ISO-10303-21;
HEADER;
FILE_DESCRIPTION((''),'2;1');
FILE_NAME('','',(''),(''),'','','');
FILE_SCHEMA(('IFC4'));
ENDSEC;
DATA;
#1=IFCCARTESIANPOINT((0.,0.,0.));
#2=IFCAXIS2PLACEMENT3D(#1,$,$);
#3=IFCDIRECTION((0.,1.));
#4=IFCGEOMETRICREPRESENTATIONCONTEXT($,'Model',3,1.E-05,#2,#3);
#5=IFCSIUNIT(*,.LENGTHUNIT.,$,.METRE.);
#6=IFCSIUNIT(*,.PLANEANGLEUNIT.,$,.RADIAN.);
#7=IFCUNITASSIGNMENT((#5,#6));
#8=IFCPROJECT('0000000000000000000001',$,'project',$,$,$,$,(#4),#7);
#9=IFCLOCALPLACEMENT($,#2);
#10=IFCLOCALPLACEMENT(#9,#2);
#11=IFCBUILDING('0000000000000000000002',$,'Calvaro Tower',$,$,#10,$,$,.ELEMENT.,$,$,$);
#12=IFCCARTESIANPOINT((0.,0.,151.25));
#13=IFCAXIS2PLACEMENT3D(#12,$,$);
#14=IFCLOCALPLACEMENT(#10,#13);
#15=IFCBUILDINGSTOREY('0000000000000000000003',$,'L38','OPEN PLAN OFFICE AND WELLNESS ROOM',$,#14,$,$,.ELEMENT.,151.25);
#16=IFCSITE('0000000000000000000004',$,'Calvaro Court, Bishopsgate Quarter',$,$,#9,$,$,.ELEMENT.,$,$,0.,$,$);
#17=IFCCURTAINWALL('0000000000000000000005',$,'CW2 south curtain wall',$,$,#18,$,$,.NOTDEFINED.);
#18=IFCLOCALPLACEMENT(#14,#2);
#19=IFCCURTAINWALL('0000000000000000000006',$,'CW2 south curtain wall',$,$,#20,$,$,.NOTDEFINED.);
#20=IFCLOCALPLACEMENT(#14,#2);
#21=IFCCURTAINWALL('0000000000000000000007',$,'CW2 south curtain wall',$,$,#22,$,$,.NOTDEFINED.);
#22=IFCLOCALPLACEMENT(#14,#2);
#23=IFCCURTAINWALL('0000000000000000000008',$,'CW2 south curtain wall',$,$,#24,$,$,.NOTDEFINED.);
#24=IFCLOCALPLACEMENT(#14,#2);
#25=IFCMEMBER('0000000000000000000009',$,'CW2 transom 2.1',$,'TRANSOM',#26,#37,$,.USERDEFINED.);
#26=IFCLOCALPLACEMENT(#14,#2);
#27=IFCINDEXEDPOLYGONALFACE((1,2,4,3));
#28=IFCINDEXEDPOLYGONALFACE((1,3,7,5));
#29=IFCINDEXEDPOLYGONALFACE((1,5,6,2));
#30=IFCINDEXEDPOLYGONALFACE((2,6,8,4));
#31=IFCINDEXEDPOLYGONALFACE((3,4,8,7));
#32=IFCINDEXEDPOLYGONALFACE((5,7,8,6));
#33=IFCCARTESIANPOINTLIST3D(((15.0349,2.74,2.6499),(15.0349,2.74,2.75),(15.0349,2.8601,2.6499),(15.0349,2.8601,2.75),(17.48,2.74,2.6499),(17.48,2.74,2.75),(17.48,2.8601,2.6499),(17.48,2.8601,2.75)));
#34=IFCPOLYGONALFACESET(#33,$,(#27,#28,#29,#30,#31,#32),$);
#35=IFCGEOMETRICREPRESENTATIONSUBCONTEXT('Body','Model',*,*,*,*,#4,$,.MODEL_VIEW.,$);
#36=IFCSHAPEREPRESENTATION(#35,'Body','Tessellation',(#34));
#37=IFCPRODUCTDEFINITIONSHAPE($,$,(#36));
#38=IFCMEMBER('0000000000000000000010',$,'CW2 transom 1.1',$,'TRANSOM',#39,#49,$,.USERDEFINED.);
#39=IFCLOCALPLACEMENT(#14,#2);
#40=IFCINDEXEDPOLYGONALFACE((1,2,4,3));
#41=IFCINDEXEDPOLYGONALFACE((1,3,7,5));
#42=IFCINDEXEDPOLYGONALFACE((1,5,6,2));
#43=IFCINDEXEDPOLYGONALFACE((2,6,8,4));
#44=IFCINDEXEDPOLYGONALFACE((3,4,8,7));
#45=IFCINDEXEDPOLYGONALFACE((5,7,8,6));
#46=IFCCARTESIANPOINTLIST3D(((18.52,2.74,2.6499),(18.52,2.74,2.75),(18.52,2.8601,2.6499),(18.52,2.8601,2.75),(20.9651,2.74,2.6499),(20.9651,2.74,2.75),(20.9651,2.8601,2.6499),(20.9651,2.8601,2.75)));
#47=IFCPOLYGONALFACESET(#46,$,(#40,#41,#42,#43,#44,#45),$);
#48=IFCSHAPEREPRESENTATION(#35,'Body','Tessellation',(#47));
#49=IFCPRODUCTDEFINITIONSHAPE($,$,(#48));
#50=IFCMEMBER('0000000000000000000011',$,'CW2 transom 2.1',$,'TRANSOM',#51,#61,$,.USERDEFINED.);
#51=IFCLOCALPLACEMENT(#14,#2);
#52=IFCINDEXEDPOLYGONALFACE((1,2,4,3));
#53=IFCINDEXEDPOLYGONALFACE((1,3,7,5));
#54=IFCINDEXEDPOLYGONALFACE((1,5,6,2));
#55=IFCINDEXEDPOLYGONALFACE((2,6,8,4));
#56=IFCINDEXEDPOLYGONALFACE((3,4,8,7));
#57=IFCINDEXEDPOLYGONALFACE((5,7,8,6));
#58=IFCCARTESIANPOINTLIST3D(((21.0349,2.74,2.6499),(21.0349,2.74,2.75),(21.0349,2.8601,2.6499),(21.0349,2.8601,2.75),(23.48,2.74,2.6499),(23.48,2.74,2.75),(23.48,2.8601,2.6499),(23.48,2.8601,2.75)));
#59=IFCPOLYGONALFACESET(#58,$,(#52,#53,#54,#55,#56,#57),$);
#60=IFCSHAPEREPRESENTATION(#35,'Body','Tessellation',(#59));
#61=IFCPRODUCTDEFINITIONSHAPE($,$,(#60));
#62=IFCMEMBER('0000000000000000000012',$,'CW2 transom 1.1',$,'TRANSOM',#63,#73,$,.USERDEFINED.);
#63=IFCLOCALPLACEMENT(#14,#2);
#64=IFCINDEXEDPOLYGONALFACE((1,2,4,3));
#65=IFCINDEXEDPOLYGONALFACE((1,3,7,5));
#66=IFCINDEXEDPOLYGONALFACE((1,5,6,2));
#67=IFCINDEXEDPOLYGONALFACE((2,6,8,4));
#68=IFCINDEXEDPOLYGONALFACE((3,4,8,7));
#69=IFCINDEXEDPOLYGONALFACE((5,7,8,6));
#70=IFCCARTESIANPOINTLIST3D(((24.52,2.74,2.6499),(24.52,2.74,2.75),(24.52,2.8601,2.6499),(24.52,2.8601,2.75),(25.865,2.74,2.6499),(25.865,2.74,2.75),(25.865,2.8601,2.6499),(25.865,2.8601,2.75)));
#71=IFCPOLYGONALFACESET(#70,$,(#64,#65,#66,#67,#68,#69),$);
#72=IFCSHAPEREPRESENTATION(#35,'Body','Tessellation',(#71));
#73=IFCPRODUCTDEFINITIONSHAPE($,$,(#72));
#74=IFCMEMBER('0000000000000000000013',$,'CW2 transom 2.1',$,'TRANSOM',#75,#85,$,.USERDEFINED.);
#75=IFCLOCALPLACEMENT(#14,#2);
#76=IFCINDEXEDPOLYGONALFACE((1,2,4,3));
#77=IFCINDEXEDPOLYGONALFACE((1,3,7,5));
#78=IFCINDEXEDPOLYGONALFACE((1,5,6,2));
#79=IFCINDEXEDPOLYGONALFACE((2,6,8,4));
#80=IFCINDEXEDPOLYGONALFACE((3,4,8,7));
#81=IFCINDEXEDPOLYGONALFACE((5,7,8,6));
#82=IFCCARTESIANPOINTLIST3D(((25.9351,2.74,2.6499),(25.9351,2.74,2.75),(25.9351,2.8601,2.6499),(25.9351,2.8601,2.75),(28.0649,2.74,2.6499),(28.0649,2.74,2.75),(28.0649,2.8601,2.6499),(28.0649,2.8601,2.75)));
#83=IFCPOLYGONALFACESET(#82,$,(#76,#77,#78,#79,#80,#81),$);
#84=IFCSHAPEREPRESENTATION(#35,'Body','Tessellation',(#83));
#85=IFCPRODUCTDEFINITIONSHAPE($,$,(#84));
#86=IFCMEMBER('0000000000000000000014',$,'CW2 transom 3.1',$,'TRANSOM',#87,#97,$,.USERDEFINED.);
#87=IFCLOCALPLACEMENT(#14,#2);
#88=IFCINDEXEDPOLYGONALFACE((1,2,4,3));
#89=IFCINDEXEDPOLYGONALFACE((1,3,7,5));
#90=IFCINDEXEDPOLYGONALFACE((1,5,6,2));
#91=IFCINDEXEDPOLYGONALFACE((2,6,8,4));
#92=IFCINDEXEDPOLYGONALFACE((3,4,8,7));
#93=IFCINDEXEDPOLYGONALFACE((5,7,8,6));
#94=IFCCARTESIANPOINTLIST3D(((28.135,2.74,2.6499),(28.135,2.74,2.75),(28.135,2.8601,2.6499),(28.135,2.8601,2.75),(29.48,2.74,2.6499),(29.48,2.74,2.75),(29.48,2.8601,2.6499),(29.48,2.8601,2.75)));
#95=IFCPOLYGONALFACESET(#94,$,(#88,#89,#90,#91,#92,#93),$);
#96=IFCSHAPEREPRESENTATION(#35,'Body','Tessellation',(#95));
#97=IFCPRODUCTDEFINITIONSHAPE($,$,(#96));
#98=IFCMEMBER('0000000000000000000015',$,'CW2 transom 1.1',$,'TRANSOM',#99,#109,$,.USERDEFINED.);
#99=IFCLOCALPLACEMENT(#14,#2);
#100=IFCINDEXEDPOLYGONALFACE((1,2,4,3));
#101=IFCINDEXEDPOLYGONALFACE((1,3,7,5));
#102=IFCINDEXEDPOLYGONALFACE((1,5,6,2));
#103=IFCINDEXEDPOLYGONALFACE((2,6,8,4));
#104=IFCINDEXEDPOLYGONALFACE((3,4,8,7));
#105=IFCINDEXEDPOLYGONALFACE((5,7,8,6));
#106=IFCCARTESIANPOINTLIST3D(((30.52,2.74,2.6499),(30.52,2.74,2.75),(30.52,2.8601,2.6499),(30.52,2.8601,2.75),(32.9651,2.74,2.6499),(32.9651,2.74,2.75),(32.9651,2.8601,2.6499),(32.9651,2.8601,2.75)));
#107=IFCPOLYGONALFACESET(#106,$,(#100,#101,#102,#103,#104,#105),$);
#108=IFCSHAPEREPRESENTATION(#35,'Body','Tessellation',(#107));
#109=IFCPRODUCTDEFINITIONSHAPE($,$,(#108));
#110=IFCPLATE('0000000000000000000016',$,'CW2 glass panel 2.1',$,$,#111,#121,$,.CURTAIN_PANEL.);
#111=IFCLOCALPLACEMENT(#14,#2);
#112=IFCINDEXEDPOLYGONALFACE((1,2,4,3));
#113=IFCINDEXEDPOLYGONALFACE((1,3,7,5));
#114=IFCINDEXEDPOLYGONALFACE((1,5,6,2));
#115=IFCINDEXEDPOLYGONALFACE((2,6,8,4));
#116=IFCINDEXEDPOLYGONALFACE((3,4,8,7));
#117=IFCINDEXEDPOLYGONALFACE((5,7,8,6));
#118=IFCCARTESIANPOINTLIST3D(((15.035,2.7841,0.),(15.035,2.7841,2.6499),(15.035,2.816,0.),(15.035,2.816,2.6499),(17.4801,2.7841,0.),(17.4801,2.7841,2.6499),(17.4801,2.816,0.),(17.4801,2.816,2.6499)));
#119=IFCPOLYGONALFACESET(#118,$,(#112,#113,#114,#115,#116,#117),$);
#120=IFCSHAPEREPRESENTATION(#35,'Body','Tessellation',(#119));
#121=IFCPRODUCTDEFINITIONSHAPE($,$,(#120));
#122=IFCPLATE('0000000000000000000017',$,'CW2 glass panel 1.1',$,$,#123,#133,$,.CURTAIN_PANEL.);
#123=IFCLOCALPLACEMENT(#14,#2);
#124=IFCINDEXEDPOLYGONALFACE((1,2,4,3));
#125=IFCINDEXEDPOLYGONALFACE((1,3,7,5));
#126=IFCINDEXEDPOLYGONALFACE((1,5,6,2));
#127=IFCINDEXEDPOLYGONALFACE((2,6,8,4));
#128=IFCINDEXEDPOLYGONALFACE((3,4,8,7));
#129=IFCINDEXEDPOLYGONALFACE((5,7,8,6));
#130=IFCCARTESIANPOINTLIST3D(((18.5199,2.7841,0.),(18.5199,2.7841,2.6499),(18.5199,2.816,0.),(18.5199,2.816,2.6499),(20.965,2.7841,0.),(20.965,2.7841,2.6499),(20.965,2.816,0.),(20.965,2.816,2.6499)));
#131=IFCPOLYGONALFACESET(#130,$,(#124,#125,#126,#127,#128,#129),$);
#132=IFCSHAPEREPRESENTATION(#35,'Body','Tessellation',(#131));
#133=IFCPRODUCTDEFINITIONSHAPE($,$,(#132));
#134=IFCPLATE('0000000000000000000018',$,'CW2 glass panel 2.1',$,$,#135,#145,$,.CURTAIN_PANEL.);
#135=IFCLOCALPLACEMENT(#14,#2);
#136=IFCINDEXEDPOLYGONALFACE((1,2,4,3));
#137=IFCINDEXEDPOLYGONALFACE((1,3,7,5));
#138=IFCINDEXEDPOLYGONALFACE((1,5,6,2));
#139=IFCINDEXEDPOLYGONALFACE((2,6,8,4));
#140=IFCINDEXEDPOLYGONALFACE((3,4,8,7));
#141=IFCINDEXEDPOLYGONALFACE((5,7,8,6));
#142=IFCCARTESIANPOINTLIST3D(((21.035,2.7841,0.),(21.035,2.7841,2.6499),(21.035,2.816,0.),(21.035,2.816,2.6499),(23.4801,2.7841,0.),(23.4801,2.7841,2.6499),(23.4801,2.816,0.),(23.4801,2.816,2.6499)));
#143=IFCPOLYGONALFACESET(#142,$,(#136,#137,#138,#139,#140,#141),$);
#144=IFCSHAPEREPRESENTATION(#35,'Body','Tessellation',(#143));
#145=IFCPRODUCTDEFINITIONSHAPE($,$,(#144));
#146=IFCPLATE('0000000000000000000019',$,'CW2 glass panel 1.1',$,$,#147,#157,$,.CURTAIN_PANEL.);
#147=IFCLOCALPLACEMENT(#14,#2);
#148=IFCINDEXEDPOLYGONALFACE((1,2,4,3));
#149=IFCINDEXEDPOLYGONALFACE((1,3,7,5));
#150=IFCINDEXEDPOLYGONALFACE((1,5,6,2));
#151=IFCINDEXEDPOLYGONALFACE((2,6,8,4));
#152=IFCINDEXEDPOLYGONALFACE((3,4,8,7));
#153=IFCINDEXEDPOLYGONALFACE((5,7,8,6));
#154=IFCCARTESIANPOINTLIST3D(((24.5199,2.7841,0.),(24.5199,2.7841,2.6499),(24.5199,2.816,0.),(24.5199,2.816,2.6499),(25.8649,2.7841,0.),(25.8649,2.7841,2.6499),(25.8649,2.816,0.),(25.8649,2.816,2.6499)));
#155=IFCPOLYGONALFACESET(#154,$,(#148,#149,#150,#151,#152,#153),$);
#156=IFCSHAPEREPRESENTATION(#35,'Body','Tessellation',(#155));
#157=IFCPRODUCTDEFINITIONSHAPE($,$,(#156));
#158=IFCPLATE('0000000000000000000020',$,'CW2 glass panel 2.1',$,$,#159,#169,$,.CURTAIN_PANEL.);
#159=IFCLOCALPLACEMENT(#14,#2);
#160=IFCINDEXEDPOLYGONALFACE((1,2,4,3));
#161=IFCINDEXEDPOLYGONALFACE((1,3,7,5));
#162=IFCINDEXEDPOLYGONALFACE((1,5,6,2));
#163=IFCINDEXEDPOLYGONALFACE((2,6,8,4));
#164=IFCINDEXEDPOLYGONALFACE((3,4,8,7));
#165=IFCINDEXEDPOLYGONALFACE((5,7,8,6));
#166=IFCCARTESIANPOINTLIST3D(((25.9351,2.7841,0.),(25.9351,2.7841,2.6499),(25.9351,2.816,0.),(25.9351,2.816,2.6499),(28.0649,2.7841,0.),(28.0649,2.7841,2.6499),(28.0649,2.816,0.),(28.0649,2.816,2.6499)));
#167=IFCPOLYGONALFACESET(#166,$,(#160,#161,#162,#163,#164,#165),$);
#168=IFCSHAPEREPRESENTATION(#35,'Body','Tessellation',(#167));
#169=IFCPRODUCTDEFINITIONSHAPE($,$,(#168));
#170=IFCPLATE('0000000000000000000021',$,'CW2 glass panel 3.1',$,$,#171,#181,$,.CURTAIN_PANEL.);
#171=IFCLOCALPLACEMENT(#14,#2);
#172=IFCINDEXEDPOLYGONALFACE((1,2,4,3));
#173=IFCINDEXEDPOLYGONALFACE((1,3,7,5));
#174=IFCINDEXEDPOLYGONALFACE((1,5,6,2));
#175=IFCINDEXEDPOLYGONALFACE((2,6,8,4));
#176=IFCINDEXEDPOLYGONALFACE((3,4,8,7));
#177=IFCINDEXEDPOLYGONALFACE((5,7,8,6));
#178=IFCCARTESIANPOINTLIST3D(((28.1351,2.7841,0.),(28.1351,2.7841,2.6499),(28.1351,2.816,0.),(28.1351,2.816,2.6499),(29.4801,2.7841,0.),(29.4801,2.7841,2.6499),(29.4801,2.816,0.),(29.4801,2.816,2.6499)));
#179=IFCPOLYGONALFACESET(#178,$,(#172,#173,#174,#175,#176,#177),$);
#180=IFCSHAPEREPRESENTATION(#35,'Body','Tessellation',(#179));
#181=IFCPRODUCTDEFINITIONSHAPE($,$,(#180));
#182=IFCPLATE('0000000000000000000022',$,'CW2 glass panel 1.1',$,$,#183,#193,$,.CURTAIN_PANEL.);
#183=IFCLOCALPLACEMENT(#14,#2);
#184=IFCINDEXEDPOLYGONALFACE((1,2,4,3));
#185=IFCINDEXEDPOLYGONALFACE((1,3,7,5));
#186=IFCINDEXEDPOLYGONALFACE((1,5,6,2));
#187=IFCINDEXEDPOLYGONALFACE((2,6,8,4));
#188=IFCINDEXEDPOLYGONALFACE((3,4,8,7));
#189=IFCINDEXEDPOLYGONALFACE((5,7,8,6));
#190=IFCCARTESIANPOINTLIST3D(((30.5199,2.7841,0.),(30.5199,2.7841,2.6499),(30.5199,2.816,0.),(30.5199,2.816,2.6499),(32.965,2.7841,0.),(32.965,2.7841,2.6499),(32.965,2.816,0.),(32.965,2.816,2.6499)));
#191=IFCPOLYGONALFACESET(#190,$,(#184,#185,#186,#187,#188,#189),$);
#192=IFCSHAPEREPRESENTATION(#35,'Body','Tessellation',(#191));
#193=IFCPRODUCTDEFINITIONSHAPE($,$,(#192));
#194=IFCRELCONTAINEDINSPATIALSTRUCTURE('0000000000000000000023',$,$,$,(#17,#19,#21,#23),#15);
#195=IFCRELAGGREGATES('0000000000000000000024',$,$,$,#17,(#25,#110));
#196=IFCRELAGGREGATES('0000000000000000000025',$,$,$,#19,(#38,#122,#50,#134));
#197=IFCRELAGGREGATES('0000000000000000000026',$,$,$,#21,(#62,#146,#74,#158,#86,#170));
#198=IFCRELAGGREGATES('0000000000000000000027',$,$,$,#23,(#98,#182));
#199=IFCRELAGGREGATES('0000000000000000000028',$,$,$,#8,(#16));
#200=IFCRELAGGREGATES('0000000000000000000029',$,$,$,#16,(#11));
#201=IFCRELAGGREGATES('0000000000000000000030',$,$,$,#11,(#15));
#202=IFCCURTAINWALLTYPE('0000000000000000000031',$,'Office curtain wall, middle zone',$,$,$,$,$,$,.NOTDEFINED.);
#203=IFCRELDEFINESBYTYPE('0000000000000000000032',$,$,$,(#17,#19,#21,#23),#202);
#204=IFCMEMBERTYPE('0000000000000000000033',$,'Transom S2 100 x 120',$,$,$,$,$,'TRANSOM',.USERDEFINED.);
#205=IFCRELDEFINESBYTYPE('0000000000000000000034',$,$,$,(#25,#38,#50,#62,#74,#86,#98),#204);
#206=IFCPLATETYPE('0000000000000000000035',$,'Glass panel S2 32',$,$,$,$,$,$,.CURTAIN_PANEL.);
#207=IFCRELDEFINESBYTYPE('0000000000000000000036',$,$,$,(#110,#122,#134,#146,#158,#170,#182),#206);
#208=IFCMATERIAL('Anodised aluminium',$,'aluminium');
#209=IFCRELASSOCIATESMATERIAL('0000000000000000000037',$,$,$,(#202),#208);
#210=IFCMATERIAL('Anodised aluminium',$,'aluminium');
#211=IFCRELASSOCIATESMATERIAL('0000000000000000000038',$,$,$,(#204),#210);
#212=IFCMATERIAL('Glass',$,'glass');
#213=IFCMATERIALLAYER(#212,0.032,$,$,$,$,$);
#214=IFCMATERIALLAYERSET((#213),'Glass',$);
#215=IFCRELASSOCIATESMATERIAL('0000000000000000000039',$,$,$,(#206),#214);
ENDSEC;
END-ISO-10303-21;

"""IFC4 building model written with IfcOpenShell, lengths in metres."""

from ifc_helpers import new_model, si_unit, direction, frame, origin, origin_2d, place, context, subcontext, project, spatial, rectangle, extrude, material, layer, layer_set, material_profile, profile_set, type_object, element, aggregate, save


model = new_model("IFC4")

# Units and contexts
model_context = context("Model", 3, precision=1e-05, world=origin(), true_north=direction((0.0, 1.0)))
body_context = subcontext(model_context, "Body", "Model", "MODEL_VIEW")
ifc_project = project(units=[si_unit("LENGTHUNIT", "METRE"), si_unit("PLANEANGLEUNIT", "RADIAN")], contexts=[model_context])

# Site, building, storey
site_placement = place(None, origin())
site = spatial("IfcSite", under=ifc_project, at=site_placement, Name="Calvaro Court, Bishopsgate Quarter", CompositionType="ELEMENT", RefElevation=0.0)
building_placement = place(site_placement, origin())
building = spatial("IfcBuilding", under=site, at=building_placement, Name="Calvaro Tower", CompositionType="ELEMENT")
storey_placement = place(building_placement, frame((0.0, 0.0, 151.25)))
storey = spatial("IfcBuildingStorey", under=building, at=storey_placement, Name="L38", Description="OPEN PLAN OFFICE AND WELLNESS ROOM", CompositionType="ELEMENT", Elevation=151.25)

# Curtain wall
ifc_material_1 = material(Name="Anodised aluminium", Category="aluminium")
curtain_wall_type = type_object("IfcCurtainWallType", Name="Office curtain wall, middle zone", PredefinedType="NOTDEFINED", material=ifc_material_1)
curtain_wall_1_placement = place(storey_placement, origin())
curtain_wall_1 = element("IfcCurtainWall", 1, at=curtain_wall_1_placement, inside=storey, type_object=curtain_wall_type, Name="CW2 south curtain wall", PredefinedType="NOTDEFINED")

# Curtain walls
curtain_wall_2_placement = place(storey_placement, origin())
curtain_wall_2 = element("IfcCurtainWall", 2, at=curtain_wall_2_placement, inside=storey, type_object=curtain_wall_type, Name="CW2 south curtain wall", PredefinedType="NOTDEFINED")
curtain_wall_3_placement = place(storey_placement, origin())
curtain_wall_3 = element("IfcCurtainWall", 3, at=curtain_wall_3_placement, inside=storey, type_object=curtain_wall_type, Name="CW2 south curtain wall", PredefinedType="NOTDEFINED")
curtain_wall_4_placement = place(storey_placement, origin())
curtain_wall_4 = element("IfcCurtainWall", 4, at=curtain_wall_4_placement, inside=storey, type_object=curtain_wall_type, Name="CW2 south curtain wall", PredefinedType="NOTDEFINED")

# Members
ifc_material_2 = material(Name="Anodised aluminium", Category="aluminium")
ifc_material_profile_1 = material_profile(ifc_material_2, rectangle(XDim=0.1201, YDim=0.1001, at=origin_2d()), Name="Transom S2 100 x 120")
ifc_profile_set_1 = profile_set([ifc_material_profile_1], Name="Anodised aluminium")
member_type_1 = type_object("IfcMemberType", Name="Transom S2 100 x 120", ElementType="TRANSOM", PredefinedType="USERDEFINED", material=ifc_profile_set_1)
member_1_placement = place(storey_placement, frame((15.0349, 2.8, 2.7), z_axis=(1.0, 0.0, 0.0), x_axis=(0.0, 1.0, 0.0)))
member_1 = element("IfcMember", 5, at=member_1_placement, type_object=member_type_1, Name="CW2 transom 2.1", ObjectType="TRANSOM", PredefinedType="USERDEFINED", context=body_context, shape_type="SweptSolid", body=[
    extrude(rectangle(XDim=0.1201, YDim=0.1001, at=origin_2d()), origin(), (0.0, 0.0, 1.0), 2.4451),
])
member_2_placement = place(storey_placement, frame((18.52, 2.8, 2.7), z_axis=(1.0, 0.0, 0.0), x_axis=(0.0, 1.0, 0.0)))
member_2 = element("IfcMember", 6, at=member_2_placement, type_object=member_type_1, Name="CW2 transom 1.1", ObjectType="TRANSOM", PredefinedType="USERDEFINED", context=body_context, shape_type="SweptSolid", body=[
    extrude(rectangle(XDim=0.1201, YDim=0.1001, at=origin_2d()), origin(), (0.0, 0.0, 1.0), 2.4451),
])
member_3_placement = place(storey_placement, frame((21.0349, 2.8, 2.7), z_axis=(1.0, 0.0, 0.0), x_axis=(0.0, 1.0, 0.0)))
member_3 = element("IfcMember", 7, at=member_3_placement, type_object=member_type_1, Name="CW2 transom 2.1", ObjectType="TRANSOM", PredefinedType="USERDEFINED", context=body_context, shape_type="SweptSolid", body=[
    extrude(rectangle(XDim=0.1201, YDim=0.1001, at=origin_2d()), origin(), (0.0, 0.0, 1.0), 2.4451),
])
member_4_placement = place(storey_placement, frame((24.52, 2.8, 2.7), z_axis=(1.0, 0.0, 0.0), x_axis=(0.0, 1.0, 0.0)))
member_4 = element("IfcMember", 8, at=member_4_placement, type_object=member_type_1, Name="CW2 transom 1.1", ObjectType="TRANSOM", PredefinedType="USERDEFINED", context=body_context, shape_type="SweptSolid", body=[
    extrude(rectangle(XDim=0.1201, YDim=0.1001, at=origin_2d()), origin(), (0.0, 0.0, 1.0), 1.345),
])
member_5_placement = place(storey_placement, frame((25.9351, 2.8, 2.7), z_axis=(1.0, 0.0, 0.0), x_axis=(0.0, 1.0, 0.0)))
member_5 = element("IfcMember", 9, at=member_5_placement, type_object=member_type_1, Name="CW2 transom 2.1", ObjectType="TRANSOM", PredefinedType="USERDEFINED", context=body_context, shape_type="SweptSolid", body=[
    extrude(rectangle(XDim=0.1201, YDim=0.1001, at=origin_2d()), origin(), (0.0, 0.0, 1.0), 2.1299),
])
member_6_placement = place(storey_placement, frame((28.135, 2.8, 2.7), z_axis=(1.0, 0.0, 0.0), x_axis=(0.0, 1.0, 0.0)))
member_6 = element("IfcMember", 10, at=member_6_placement, type_object=member_type_1, Name="CW2 transom 3.1", ObjectType="TRANSOM", PredefinedType="USERDEFINED", context=body_context, shape_type="SweptSolid", body=[
    extrude(rectangle(XDim=0.1201, YDim=0.1001, at=origin_2d()), origin(), (0.0, 0.0, 1.0), 1.345),
])
member_7_placement = place(storey_placement, frame((30.52, 2.8, 2.7), z_axis=(1.0, 0.0, 0.0), x_axis=(0.0, 1.0, 0.0)))
member_7 = element("IfcMember", 11, at=member_7_placement, type_object=member_type_1, Name="CW2 transom 1.1", ObjectType="TRANSOM", PredefinedType="USERDEFINED", context=body_context, shape_type="SweptSolid", body=[
    extrude(rectangle(XDim=0.1201, YDim=0.1001, at=origin_2d()), origin(), (0.0, 0.0, 1.0), 2.4451),
])

# Plates
ifc_material_3 = material(Name="Glass", Category="glass")
ifc_layer = layer(ifc_material_3, 0.032)
ifc_layer_set = layer_set([ifc_layer], Name="Glass")
plate_type = type_object("IfcPlateType", Name="Glass panel S2 32", PredefinedType="CURTAIN_PANEL", material=ifc_layer_set)
plate_1_placement = place(storey_placement, frame((16.2576, 2.8, 0.0), z_axis=(0.0, 0.0, 1.0), x_axis=(1.0, 0.0, 0.0)))
plate_1 = element("IfcPlate", 12, at=plate_1_placement, type_object=plate_type, Name="CW2 glass panel 2.1", PredefinedType="CURTAIN_PANEL", context=body_context, shape_type="SweptSolid", body=[
    extrude(rectangle(XDim=2.4451, YDim=0.032, at=origin_2d()), origin(), (0.0, 0.0, 1.0), 2.6499),
])
aggregate(curtain_wall_1, [member_1, plate_1])
plate_2_placement = place(storey_placement, frame((19.7424, 2.8, 0.0), z_axis=(0.0, 0.0, 1.0), x_axis=(1.0, 0.0, 0.0)))
plate_2 = element("IfcPlate", 13, at=plate_2_placement, type_object=plate_type, Name="CW2 glass panel 1.1", PredefinedType="CURTAIN_PANEL", context=body_context, shape_type="SweptSolid", body=[
    extrude(rectangle(XDim=2.4451, YDim=0.032, at=origin_2d()), origin(), (0.0, 0.0, 1.0), 2.6499),
])
plate_3_placement = place(storey_placement, frame((22.2576, 2.8, 0.0), z_axis=(0.0, 0.0, 1.0), x_axis=(1.0, 0.0, 0.0)))
plate_3 = element("IfcPlate", 14, at=plate_3_placement, type_object=plate_type, Name="CW2 glass panel 2.1", PredefinedType="CURTAIN_PANEL", context=body_context, shape_type="SweptSolid", body=[
    extrude(rectangle(XDim=2.4451, YDim=0.032, at=origin_2d()), origin(), (0.0, 0.0, 1.0), 2.6499),
])
aggregate(curtain_wall_2, [member_2, plate_2, member_3, plate_3])
plate_4_placement = place(storey_placement, frame((25.1924, 2.8, 0.0), z_axis=(0.0, 0.0, 1.0), x_axis=(1.0, 0.0, 0.0)))
plate_4 = element("IfcPlate", 15, at=plate_4_placement, type_object=plate_type, Name="CW2 glass panel 1.1", PredefinedType="CURTAIN_PANEL", context=body_context, shape_type="SweptSolid", body=[
    extrude(rectangle(XDim=1.345, YDim=0.032, at=origin_2d()), origin(), (0.0, 0.0, 1.0), 2.6499),
])
plate_5_placement = place(storey_placement, frame((27.0, 2.8, 0.0), z_axis=(0.0, 0.0, 1.0), x_axis=(1.0, 0.0, 0.0)))
plate_5 = element("IfcPlate", 16, at=plate_5_placement, type_object=plate_type, Name="CW2 glass panel 2.1", PredefinedType="CURTAIN_PANEL", context=body_context, shape_type="SweptSolid", body=[
    extrude(rectangle(XDim=2.1299, YDim=0.032, at=origin_2d()), origin(), (0.0, 0.0, 1.0), 2.6499),
])
plate_6_placement = place(storey_placement, frame((28.8076, 2.8, 0.0), z_axis=(0.0, 0.0, 1.0), x_axis=(1.0, 0.0, 0.0)))
plate_6 = element("IfcPlate", 17, at=plate_6_placement, type_object=plate_type, Name="CW2 glass panel 3.1", PredefinedType="CURTAIN_PANEL", context=body_context, shape_type="SweptSolid", body=[
    extrude(rectangle(XDim=1.345, YDim=0.032, at=origin_2d()), origin(), (0.0, 0.0, 1.0), 2.6499),
])
aggregate(curtain_wall_3, [member_4, plate_4, member_5, plate_5, member_6, plate_6])
plate_7_placement = place(storey_placement, frame((31.7424, 2.8, 0.0), z_axis=(0.0, 0.0, 1.0), x_axis=(1.0, 0.0, 0.0)))
plate_7 = element("IfcPlate", 18, at=plate_7_placement, type_object=plate_type, Name="CW2 glass panel 1.1", PredefinedType="CURTAIN_PANEL", context=body_context, shape_type="SweptSolid", body=[
    extrude(rectangle(XDim=2.4451, YDim=0.032, at=origin_2d()), origin(), (0.0, 0.0, 1.0), 2.6499),
])
aggregate(curtain_wall_4, [member_7, plate_7])

save(model, "model.ifc")
